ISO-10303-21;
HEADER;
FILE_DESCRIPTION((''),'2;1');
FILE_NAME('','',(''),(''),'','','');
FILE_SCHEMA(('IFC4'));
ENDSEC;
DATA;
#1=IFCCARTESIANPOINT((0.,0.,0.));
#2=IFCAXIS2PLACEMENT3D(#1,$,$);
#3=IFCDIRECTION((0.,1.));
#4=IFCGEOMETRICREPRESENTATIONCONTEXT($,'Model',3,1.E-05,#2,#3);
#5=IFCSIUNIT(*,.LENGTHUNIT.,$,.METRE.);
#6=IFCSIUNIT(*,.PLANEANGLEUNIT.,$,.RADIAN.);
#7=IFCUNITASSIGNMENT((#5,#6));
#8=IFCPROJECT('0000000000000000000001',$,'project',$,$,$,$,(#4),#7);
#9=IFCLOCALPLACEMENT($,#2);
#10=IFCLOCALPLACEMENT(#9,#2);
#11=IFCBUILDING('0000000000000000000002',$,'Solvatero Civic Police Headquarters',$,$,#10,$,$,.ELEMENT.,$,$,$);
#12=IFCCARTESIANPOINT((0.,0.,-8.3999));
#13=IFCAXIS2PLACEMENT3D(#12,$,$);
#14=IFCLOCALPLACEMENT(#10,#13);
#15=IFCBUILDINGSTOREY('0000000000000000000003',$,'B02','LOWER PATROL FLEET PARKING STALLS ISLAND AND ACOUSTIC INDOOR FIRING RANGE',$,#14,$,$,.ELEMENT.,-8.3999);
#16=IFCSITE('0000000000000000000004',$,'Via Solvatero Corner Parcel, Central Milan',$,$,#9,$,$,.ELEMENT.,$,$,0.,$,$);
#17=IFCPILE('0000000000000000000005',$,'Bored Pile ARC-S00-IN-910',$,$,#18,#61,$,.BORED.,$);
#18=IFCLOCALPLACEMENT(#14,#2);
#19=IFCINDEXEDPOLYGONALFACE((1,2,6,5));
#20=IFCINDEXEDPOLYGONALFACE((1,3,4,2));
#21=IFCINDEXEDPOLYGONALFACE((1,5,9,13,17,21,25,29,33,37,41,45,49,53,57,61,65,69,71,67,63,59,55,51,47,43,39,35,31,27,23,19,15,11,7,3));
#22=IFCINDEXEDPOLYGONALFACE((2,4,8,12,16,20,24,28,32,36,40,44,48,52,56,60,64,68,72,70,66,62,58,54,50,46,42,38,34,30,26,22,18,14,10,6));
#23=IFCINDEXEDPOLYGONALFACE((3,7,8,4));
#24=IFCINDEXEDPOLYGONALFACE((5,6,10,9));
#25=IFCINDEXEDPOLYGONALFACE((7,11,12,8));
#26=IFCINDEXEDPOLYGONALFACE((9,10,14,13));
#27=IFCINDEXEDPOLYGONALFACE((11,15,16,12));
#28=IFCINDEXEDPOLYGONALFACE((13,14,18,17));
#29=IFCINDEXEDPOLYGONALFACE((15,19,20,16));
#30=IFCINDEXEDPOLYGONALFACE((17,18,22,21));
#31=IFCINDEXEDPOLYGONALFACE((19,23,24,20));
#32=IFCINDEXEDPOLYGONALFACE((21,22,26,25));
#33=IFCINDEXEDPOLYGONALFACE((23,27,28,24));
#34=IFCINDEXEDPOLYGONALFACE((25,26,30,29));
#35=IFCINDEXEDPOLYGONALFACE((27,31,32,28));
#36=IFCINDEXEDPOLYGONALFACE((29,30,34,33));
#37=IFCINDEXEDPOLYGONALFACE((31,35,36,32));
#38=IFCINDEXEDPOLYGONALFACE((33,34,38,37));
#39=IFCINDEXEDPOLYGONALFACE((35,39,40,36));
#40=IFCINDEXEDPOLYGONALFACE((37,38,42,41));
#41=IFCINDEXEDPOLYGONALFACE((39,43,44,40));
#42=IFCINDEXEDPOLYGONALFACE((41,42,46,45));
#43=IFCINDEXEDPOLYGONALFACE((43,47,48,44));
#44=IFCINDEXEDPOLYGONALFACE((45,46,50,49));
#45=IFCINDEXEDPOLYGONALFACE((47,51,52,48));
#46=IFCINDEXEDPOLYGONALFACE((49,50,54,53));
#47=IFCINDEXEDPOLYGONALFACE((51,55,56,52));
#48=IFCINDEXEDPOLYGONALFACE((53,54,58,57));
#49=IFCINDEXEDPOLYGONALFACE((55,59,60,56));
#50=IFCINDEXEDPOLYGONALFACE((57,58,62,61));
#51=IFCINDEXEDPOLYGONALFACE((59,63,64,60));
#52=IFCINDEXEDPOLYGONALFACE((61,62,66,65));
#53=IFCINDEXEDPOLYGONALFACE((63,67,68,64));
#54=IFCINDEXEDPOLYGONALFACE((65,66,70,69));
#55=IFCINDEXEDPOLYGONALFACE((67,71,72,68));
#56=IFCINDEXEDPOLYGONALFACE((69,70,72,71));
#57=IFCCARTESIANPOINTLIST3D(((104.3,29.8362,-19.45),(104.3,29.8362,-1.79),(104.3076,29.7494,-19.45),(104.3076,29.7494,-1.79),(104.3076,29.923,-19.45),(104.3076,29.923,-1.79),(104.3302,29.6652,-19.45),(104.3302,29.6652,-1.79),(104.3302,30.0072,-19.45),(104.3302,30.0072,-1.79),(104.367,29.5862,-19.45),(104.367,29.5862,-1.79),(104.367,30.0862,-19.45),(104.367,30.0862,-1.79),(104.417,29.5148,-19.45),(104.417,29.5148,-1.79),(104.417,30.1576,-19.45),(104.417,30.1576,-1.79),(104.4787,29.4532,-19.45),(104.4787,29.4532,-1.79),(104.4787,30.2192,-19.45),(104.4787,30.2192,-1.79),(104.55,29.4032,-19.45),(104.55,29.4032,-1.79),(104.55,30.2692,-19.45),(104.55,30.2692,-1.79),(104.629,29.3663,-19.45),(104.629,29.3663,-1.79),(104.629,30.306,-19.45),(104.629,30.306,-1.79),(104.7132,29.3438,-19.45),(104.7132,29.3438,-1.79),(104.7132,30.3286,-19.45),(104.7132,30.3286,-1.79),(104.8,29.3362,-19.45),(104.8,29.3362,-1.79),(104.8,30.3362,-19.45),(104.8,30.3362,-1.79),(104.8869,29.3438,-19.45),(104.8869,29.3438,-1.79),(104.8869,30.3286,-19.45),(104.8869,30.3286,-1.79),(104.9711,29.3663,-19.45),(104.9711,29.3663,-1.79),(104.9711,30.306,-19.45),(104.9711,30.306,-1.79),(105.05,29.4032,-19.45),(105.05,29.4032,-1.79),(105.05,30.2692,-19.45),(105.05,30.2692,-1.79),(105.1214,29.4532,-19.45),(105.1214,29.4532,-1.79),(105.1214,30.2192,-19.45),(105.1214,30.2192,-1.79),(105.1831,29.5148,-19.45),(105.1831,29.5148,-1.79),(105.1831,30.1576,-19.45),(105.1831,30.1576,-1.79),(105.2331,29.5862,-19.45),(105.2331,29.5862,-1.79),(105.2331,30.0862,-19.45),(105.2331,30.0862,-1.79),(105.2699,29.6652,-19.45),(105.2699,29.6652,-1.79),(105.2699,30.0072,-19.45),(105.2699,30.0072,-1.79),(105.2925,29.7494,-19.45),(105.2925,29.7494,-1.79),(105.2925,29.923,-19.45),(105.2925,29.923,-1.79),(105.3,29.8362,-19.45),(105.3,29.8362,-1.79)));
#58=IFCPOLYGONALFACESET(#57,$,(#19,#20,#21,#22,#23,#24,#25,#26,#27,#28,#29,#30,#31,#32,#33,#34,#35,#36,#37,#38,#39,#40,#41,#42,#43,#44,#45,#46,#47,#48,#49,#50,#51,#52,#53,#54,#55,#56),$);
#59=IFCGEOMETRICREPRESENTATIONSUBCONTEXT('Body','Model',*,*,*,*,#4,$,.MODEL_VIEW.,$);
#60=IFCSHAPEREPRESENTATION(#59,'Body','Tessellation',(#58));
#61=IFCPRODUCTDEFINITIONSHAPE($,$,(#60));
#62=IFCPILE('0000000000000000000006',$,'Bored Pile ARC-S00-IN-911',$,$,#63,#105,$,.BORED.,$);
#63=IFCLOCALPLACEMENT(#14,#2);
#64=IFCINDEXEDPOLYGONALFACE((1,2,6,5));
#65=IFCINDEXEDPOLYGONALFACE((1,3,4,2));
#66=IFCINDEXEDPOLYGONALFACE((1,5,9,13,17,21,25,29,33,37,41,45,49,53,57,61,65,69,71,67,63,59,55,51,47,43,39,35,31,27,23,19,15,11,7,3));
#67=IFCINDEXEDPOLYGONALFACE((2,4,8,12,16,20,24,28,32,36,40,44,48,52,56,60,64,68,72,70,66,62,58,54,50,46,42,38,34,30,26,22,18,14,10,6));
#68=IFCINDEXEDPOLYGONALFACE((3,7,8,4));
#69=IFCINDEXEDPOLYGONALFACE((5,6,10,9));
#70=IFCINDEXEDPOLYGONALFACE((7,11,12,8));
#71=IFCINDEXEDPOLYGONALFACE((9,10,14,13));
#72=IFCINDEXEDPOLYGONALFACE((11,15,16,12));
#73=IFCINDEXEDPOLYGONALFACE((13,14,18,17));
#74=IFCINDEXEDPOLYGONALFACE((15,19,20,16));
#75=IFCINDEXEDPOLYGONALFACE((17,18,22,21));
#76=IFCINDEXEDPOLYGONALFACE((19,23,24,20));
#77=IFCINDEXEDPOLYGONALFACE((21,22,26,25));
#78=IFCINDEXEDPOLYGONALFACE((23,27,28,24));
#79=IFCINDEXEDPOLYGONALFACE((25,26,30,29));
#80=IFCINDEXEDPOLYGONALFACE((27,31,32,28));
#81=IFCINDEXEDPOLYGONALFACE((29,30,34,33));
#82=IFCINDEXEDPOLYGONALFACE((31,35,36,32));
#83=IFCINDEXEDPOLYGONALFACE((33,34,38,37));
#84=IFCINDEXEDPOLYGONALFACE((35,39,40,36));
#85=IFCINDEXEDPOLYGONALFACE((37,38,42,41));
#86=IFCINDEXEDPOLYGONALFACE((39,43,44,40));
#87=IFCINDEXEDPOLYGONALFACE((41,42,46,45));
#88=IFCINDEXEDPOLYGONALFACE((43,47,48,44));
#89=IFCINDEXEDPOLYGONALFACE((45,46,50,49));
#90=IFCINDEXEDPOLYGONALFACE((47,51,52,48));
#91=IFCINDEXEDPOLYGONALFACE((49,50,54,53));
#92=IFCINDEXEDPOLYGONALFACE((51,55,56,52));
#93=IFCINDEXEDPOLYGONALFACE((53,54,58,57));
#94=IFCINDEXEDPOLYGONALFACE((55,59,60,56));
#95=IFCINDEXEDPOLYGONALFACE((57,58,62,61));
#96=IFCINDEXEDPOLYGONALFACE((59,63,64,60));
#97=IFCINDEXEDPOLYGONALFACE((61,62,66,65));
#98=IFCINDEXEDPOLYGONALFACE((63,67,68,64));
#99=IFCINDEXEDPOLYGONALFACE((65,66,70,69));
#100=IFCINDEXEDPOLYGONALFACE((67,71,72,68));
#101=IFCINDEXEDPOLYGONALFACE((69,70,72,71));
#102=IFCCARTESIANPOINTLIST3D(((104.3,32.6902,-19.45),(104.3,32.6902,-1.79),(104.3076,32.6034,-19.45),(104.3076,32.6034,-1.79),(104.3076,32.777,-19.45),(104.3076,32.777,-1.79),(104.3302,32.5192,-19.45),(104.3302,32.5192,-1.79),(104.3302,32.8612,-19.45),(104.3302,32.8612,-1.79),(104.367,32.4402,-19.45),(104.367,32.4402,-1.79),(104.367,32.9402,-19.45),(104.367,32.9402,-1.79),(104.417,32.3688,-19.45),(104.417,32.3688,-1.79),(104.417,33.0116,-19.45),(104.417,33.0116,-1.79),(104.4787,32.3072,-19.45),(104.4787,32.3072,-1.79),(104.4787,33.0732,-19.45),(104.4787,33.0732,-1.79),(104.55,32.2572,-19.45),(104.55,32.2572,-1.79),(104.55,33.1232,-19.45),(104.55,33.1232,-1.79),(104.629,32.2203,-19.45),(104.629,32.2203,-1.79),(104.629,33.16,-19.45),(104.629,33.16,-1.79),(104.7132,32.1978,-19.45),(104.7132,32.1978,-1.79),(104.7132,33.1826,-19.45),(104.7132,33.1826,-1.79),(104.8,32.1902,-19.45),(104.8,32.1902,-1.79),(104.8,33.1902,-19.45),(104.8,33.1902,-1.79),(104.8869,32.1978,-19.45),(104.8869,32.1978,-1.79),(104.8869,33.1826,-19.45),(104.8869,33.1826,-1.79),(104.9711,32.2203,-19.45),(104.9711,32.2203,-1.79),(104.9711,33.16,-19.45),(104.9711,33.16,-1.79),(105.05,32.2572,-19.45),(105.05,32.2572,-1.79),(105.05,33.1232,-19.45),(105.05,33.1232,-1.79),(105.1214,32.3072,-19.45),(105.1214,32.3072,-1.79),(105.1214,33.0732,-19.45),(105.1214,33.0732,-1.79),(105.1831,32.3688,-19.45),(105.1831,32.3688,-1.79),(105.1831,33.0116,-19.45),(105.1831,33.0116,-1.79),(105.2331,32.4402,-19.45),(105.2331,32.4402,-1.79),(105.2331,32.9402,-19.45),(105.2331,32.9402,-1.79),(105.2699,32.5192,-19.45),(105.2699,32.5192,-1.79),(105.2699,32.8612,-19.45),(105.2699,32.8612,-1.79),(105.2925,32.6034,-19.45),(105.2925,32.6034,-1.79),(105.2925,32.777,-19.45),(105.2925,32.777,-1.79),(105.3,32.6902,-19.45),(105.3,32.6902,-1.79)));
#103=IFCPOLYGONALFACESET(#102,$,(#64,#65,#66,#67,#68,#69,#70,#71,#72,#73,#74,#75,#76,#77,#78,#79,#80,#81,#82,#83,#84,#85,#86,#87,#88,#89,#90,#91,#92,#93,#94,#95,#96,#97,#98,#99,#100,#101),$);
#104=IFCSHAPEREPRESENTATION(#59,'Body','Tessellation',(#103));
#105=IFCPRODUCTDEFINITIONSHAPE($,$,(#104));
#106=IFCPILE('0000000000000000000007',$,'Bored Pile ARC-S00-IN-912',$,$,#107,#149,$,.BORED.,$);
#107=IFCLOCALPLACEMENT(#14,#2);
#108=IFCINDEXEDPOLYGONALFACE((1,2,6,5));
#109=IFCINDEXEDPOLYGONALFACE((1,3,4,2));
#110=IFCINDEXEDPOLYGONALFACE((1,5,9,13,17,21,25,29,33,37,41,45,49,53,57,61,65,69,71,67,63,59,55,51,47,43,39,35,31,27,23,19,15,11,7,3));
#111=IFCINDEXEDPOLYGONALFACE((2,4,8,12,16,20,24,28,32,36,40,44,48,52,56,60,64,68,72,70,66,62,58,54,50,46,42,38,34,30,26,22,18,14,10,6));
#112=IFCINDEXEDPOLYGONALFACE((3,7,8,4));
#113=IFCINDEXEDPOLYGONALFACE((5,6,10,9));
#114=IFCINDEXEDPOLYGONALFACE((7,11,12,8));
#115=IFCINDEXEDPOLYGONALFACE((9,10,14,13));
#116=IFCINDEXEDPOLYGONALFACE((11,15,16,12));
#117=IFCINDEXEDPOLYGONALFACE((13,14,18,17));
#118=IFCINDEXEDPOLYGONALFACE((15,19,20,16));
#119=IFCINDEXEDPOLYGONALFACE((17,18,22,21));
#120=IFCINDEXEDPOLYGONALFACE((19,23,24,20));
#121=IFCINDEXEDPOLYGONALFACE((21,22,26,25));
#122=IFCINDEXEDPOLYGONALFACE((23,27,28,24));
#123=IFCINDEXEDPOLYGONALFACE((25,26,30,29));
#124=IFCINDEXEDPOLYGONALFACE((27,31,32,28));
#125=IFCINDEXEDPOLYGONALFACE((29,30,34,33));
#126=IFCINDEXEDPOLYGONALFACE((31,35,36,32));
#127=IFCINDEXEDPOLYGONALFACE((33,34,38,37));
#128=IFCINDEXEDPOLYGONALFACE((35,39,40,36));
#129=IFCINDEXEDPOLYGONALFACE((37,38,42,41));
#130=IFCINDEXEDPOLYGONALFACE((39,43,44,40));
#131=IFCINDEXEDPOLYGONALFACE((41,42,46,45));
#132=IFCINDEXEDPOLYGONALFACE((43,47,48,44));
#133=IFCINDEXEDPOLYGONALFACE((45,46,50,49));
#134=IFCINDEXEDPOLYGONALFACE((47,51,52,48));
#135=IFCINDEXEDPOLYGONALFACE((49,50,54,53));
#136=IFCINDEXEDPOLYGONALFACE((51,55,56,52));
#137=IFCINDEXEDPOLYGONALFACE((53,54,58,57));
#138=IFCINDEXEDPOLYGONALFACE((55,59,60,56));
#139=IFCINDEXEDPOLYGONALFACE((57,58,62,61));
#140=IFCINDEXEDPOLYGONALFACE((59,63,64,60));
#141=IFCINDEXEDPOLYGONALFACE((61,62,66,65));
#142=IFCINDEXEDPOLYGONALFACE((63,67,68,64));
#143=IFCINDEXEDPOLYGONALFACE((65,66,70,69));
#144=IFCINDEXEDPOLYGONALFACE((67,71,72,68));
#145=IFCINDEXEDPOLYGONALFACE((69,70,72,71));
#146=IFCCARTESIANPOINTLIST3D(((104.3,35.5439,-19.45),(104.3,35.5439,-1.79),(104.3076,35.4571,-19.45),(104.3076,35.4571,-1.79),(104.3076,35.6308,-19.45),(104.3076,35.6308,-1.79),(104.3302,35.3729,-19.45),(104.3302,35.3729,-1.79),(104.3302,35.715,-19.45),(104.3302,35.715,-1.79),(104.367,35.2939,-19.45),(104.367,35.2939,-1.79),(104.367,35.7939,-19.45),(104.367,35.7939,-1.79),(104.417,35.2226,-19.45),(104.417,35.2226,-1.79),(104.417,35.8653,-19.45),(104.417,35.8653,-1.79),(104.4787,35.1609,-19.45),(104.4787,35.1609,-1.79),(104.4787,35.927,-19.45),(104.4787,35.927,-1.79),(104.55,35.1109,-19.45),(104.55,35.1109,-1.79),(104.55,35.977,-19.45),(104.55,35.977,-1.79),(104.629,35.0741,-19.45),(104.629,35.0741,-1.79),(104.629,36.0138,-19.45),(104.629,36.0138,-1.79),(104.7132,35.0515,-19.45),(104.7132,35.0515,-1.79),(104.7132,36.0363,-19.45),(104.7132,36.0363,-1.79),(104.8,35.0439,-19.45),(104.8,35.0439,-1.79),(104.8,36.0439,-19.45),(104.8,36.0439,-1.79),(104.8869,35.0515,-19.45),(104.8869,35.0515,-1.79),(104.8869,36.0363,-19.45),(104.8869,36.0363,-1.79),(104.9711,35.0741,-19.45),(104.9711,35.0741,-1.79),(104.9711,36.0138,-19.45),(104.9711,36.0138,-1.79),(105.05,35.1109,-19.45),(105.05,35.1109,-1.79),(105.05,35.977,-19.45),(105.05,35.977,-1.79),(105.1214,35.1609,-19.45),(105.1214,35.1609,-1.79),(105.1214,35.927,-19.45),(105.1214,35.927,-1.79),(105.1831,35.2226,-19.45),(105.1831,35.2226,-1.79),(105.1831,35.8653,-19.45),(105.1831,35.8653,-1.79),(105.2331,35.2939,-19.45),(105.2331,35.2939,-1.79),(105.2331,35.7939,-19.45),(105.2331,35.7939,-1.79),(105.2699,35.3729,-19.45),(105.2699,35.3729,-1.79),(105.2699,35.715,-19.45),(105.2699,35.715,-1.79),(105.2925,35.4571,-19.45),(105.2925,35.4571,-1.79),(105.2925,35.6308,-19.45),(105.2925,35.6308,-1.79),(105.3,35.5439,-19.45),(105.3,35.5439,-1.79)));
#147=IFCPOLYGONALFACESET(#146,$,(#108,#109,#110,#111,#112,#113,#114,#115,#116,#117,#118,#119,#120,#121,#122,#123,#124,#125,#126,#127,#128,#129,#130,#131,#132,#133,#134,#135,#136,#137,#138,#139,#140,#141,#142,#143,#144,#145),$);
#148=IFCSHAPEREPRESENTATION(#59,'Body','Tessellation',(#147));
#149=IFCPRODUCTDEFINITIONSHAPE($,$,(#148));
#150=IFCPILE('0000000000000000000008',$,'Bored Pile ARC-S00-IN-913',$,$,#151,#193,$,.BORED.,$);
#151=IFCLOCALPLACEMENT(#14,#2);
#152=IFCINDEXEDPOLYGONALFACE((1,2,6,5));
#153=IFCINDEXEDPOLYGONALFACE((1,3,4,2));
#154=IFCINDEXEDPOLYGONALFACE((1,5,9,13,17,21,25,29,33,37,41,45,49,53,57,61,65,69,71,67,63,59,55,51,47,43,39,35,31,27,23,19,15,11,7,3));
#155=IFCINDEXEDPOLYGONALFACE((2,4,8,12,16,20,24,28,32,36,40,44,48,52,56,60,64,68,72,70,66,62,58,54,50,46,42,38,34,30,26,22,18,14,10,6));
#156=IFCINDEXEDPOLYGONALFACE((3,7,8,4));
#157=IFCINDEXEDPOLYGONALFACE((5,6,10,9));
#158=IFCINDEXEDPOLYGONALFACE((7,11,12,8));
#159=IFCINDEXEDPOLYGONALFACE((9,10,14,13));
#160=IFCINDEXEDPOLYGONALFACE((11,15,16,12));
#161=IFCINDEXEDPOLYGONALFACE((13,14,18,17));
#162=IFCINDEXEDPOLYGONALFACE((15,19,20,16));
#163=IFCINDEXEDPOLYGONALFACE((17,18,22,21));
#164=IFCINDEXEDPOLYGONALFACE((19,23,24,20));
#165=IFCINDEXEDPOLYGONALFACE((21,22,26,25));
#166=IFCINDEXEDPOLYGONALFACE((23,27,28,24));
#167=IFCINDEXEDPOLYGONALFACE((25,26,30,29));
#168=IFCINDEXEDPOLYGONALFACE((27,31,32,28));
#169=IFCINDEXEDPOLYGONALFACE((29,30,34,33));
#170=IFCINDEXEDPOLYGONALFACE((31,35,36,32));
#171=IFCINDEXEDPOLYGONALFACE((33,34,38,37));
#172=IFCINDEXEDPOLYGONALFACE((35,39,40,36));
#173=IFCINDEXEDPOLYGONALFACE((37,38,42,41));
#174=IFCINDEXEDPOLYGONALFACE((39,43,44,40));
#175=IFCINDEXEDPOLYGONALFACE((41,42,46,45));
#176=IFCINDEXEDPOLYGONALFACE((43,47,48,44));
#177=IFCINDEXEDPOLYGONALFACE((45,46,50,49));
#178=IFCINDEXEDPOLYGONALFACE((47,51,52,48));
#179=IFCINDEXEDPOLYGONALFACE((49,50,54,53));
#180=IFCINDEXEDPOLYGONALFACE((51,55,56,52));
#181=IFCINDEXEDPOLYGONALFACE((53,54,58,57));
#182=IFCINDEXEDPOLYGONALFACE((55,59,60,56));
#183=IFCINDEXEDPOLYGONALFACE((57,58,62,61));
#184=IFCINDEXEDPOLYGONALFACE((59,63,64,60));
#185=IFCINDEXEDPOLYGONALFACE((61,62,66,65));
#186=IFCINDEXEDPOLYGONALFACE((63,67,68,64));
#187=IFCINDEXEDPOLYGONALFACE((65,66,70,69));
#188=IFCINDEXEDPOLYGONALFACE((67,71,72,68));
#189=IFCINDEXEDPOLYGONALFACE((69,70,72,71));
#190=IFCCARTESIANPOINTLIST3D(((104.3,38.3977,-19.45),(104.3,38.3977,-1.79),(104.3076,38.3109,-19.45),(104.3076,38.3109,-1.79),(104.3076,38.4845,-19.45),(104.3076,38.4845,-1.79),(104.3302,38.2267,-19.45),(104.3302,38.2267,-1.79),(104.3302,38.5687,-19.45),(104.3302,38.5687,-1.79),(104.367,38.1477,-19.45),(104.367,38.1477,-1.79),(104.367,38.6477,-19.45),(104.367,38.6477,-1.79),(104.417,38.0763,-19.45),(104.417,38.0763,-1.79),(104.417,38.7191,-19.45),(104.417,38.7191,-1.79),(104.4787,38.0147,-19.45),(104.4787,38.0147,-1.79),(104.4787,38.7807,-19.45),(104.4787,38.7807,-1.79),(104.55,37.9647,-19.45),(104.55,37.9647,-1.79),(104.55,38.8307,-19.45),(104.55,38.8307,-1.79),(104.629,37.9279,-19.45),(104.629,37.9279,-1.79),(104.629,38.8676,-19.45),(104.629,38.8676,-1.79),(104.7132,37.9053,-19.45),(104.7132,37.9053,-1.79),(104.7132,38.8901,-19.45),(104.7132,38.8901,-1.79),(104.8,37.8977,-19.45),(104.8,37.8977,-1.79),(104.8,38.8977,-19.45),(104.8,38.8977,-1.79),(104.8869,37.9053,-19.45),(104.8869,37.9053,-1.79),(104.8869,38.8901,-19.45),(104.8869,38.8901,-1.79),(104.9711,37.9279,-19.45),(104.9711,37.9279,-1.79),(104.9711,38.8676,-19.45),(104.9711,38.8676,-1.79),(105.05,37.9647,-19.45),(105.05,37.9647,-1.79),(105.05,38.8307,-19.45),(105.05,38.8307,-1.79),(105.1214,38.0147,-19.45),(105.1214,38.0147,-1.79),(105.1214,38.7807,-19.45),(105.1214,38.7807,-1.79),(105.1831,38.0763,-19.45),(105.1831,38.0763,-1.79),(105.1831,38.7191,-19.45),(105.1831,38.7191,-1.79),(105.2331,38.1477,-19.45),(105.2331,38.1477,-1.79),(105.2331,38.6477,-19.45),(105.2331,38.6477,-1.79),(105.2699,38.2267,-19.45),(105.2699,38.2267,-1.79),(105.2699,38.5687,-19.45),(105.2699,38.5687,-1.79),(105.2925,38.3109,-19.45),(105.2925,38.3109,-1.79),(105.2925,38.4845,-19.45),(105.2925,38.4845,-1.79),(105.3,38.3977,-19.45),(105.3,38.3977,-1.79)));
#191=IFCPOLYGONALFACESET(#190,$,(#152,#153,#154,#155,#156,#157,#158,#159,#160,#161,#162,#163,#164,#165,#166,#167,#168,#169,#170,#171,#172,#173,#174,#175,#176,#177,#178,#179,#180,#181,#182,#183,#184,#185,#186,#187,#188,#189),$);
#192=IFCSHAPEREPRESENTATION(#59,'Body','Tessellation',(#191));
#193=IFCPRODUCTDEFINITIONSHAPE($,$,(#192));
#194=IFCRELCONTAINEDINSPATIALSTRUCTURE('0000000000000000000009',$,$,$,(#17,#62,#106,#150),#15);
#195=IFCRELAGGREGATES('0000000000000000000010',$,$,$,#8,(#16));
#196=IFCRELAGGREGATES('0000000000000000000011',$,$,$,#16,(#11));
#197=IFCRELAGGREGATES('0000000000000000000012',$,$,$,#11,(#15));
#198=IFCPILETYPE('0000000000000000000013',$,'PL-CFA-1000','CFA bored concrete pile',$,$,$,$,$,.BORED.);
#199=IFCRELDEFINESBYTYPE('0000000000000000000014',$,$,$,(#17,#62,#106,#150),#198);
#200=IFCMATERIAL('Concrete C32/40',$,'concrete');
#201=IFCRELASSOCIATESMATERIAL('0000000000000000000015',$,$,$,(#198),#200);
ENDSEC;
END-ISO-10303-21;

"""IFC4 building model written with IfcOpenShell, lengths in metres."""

from ifc_helpers import new_model, si_unit, direction, frame, origin, origin_2d, place, context, subcontext, project, spatial, circle, extrude, material, material_profile, profile_set, type_object, element, save


model = new_model("IFC4")

# Units and contexts
model_context = context("Model", 3, precision=1e-05, world=origin(), true_north=direction((0.0, 1.0)))
body_context = subcontext(model_context, "Body", "Model", "MODEL_VIEW")
ifc_project = project(units=[si_unit("LENGTHUNIT", "METRE"), si_unit("PLANEANGLEUNIT", "RADIAN")], contexts=[model_context])

# Site, building, storey
site_placement = place(None, origin())
site = spatial("IfcSite", under=ifc_project, at=site_placement, Name="Via Solvatero Corner Parcel, Central Milan", CompositionType="ELEMENT", RefElevation=0.0)
building_placement = place(site_placement, origin())
building = spatial("IfcBuilding", under=site, at=building_placement, Name="Solvatero Civic Police Headquarters", CompositionType="ELEMENT")
storey_placement = place(building_placement, frame((0.0, 0.0, -8.3999)))
storey = spatial("IfcBuildingStorey", under=building, at=storey_placement, Name="B02", Description="LOWER PATROL FLEET PARKING STALLS ISLAND AND ACOUSTIC INDOOR FIRING RANGE", CompositionType="ELEMENT", Elevation=-8.3999)

# Piles
ifc_material_1 = material(Name="Concrete C32/40", Category="concrete")
ifc_material_profile_1 = material_profile(ifc_material_1, circle(Radius=0.5, at=origin_2d()), Name="CFA PILE D1000")
ifc_profile_set_1 = profile_set([ifc_material_profile_1], Name="Concrete C32/40")
pile_type = type_object("IfcPileType", Name="PL-CFA-1000", Description="CFA bored concrete pile", PredefinedType="BORED", material=ifc_profile_set_1)
for number, where, z_axis, x_axis, name in (
    (1, (104.8, 29.8362, -1.79), (0.0, 0.0, -1.0), (1.0, 0.0, 0.0), "Bored Pile ARC-S00-IN-910"),
    (2, (104.8, 32.6902, -1.79), (0.0, 0.0, -1.0), (1.0, 0.0, 0.0), "Bored Pile ARC-S00-IN-911"),
    (3, (104.8, 35.5439, -1.79), (0.0, 0.0, -1.0), (1.0, 0.0, 0.0), "Bored Pile ARC-S00-IN-912"),
    (4, (104.8, 38.3977, -1.79), (0.0, 0.0, -1.0), (1.0, 0.0, 0.0), "Bored Pile ARC-S00-IN-913"),
):
    element("IfcPile", number, at=place(storey_placement, frame(where, z_axis=z_axis, x_axis=x_axis)), inside=storey, type_object=pile_type, Name=name, PredefinedType="BORED", context=body_context, shape_type="SweptSolid", body=[
        extrude(circle(Radius=0.5, at=origin_2d()), origin(), (0.0, 0.0, 1.0), 17.6599),
    ])

save(model, "model.ifc")
